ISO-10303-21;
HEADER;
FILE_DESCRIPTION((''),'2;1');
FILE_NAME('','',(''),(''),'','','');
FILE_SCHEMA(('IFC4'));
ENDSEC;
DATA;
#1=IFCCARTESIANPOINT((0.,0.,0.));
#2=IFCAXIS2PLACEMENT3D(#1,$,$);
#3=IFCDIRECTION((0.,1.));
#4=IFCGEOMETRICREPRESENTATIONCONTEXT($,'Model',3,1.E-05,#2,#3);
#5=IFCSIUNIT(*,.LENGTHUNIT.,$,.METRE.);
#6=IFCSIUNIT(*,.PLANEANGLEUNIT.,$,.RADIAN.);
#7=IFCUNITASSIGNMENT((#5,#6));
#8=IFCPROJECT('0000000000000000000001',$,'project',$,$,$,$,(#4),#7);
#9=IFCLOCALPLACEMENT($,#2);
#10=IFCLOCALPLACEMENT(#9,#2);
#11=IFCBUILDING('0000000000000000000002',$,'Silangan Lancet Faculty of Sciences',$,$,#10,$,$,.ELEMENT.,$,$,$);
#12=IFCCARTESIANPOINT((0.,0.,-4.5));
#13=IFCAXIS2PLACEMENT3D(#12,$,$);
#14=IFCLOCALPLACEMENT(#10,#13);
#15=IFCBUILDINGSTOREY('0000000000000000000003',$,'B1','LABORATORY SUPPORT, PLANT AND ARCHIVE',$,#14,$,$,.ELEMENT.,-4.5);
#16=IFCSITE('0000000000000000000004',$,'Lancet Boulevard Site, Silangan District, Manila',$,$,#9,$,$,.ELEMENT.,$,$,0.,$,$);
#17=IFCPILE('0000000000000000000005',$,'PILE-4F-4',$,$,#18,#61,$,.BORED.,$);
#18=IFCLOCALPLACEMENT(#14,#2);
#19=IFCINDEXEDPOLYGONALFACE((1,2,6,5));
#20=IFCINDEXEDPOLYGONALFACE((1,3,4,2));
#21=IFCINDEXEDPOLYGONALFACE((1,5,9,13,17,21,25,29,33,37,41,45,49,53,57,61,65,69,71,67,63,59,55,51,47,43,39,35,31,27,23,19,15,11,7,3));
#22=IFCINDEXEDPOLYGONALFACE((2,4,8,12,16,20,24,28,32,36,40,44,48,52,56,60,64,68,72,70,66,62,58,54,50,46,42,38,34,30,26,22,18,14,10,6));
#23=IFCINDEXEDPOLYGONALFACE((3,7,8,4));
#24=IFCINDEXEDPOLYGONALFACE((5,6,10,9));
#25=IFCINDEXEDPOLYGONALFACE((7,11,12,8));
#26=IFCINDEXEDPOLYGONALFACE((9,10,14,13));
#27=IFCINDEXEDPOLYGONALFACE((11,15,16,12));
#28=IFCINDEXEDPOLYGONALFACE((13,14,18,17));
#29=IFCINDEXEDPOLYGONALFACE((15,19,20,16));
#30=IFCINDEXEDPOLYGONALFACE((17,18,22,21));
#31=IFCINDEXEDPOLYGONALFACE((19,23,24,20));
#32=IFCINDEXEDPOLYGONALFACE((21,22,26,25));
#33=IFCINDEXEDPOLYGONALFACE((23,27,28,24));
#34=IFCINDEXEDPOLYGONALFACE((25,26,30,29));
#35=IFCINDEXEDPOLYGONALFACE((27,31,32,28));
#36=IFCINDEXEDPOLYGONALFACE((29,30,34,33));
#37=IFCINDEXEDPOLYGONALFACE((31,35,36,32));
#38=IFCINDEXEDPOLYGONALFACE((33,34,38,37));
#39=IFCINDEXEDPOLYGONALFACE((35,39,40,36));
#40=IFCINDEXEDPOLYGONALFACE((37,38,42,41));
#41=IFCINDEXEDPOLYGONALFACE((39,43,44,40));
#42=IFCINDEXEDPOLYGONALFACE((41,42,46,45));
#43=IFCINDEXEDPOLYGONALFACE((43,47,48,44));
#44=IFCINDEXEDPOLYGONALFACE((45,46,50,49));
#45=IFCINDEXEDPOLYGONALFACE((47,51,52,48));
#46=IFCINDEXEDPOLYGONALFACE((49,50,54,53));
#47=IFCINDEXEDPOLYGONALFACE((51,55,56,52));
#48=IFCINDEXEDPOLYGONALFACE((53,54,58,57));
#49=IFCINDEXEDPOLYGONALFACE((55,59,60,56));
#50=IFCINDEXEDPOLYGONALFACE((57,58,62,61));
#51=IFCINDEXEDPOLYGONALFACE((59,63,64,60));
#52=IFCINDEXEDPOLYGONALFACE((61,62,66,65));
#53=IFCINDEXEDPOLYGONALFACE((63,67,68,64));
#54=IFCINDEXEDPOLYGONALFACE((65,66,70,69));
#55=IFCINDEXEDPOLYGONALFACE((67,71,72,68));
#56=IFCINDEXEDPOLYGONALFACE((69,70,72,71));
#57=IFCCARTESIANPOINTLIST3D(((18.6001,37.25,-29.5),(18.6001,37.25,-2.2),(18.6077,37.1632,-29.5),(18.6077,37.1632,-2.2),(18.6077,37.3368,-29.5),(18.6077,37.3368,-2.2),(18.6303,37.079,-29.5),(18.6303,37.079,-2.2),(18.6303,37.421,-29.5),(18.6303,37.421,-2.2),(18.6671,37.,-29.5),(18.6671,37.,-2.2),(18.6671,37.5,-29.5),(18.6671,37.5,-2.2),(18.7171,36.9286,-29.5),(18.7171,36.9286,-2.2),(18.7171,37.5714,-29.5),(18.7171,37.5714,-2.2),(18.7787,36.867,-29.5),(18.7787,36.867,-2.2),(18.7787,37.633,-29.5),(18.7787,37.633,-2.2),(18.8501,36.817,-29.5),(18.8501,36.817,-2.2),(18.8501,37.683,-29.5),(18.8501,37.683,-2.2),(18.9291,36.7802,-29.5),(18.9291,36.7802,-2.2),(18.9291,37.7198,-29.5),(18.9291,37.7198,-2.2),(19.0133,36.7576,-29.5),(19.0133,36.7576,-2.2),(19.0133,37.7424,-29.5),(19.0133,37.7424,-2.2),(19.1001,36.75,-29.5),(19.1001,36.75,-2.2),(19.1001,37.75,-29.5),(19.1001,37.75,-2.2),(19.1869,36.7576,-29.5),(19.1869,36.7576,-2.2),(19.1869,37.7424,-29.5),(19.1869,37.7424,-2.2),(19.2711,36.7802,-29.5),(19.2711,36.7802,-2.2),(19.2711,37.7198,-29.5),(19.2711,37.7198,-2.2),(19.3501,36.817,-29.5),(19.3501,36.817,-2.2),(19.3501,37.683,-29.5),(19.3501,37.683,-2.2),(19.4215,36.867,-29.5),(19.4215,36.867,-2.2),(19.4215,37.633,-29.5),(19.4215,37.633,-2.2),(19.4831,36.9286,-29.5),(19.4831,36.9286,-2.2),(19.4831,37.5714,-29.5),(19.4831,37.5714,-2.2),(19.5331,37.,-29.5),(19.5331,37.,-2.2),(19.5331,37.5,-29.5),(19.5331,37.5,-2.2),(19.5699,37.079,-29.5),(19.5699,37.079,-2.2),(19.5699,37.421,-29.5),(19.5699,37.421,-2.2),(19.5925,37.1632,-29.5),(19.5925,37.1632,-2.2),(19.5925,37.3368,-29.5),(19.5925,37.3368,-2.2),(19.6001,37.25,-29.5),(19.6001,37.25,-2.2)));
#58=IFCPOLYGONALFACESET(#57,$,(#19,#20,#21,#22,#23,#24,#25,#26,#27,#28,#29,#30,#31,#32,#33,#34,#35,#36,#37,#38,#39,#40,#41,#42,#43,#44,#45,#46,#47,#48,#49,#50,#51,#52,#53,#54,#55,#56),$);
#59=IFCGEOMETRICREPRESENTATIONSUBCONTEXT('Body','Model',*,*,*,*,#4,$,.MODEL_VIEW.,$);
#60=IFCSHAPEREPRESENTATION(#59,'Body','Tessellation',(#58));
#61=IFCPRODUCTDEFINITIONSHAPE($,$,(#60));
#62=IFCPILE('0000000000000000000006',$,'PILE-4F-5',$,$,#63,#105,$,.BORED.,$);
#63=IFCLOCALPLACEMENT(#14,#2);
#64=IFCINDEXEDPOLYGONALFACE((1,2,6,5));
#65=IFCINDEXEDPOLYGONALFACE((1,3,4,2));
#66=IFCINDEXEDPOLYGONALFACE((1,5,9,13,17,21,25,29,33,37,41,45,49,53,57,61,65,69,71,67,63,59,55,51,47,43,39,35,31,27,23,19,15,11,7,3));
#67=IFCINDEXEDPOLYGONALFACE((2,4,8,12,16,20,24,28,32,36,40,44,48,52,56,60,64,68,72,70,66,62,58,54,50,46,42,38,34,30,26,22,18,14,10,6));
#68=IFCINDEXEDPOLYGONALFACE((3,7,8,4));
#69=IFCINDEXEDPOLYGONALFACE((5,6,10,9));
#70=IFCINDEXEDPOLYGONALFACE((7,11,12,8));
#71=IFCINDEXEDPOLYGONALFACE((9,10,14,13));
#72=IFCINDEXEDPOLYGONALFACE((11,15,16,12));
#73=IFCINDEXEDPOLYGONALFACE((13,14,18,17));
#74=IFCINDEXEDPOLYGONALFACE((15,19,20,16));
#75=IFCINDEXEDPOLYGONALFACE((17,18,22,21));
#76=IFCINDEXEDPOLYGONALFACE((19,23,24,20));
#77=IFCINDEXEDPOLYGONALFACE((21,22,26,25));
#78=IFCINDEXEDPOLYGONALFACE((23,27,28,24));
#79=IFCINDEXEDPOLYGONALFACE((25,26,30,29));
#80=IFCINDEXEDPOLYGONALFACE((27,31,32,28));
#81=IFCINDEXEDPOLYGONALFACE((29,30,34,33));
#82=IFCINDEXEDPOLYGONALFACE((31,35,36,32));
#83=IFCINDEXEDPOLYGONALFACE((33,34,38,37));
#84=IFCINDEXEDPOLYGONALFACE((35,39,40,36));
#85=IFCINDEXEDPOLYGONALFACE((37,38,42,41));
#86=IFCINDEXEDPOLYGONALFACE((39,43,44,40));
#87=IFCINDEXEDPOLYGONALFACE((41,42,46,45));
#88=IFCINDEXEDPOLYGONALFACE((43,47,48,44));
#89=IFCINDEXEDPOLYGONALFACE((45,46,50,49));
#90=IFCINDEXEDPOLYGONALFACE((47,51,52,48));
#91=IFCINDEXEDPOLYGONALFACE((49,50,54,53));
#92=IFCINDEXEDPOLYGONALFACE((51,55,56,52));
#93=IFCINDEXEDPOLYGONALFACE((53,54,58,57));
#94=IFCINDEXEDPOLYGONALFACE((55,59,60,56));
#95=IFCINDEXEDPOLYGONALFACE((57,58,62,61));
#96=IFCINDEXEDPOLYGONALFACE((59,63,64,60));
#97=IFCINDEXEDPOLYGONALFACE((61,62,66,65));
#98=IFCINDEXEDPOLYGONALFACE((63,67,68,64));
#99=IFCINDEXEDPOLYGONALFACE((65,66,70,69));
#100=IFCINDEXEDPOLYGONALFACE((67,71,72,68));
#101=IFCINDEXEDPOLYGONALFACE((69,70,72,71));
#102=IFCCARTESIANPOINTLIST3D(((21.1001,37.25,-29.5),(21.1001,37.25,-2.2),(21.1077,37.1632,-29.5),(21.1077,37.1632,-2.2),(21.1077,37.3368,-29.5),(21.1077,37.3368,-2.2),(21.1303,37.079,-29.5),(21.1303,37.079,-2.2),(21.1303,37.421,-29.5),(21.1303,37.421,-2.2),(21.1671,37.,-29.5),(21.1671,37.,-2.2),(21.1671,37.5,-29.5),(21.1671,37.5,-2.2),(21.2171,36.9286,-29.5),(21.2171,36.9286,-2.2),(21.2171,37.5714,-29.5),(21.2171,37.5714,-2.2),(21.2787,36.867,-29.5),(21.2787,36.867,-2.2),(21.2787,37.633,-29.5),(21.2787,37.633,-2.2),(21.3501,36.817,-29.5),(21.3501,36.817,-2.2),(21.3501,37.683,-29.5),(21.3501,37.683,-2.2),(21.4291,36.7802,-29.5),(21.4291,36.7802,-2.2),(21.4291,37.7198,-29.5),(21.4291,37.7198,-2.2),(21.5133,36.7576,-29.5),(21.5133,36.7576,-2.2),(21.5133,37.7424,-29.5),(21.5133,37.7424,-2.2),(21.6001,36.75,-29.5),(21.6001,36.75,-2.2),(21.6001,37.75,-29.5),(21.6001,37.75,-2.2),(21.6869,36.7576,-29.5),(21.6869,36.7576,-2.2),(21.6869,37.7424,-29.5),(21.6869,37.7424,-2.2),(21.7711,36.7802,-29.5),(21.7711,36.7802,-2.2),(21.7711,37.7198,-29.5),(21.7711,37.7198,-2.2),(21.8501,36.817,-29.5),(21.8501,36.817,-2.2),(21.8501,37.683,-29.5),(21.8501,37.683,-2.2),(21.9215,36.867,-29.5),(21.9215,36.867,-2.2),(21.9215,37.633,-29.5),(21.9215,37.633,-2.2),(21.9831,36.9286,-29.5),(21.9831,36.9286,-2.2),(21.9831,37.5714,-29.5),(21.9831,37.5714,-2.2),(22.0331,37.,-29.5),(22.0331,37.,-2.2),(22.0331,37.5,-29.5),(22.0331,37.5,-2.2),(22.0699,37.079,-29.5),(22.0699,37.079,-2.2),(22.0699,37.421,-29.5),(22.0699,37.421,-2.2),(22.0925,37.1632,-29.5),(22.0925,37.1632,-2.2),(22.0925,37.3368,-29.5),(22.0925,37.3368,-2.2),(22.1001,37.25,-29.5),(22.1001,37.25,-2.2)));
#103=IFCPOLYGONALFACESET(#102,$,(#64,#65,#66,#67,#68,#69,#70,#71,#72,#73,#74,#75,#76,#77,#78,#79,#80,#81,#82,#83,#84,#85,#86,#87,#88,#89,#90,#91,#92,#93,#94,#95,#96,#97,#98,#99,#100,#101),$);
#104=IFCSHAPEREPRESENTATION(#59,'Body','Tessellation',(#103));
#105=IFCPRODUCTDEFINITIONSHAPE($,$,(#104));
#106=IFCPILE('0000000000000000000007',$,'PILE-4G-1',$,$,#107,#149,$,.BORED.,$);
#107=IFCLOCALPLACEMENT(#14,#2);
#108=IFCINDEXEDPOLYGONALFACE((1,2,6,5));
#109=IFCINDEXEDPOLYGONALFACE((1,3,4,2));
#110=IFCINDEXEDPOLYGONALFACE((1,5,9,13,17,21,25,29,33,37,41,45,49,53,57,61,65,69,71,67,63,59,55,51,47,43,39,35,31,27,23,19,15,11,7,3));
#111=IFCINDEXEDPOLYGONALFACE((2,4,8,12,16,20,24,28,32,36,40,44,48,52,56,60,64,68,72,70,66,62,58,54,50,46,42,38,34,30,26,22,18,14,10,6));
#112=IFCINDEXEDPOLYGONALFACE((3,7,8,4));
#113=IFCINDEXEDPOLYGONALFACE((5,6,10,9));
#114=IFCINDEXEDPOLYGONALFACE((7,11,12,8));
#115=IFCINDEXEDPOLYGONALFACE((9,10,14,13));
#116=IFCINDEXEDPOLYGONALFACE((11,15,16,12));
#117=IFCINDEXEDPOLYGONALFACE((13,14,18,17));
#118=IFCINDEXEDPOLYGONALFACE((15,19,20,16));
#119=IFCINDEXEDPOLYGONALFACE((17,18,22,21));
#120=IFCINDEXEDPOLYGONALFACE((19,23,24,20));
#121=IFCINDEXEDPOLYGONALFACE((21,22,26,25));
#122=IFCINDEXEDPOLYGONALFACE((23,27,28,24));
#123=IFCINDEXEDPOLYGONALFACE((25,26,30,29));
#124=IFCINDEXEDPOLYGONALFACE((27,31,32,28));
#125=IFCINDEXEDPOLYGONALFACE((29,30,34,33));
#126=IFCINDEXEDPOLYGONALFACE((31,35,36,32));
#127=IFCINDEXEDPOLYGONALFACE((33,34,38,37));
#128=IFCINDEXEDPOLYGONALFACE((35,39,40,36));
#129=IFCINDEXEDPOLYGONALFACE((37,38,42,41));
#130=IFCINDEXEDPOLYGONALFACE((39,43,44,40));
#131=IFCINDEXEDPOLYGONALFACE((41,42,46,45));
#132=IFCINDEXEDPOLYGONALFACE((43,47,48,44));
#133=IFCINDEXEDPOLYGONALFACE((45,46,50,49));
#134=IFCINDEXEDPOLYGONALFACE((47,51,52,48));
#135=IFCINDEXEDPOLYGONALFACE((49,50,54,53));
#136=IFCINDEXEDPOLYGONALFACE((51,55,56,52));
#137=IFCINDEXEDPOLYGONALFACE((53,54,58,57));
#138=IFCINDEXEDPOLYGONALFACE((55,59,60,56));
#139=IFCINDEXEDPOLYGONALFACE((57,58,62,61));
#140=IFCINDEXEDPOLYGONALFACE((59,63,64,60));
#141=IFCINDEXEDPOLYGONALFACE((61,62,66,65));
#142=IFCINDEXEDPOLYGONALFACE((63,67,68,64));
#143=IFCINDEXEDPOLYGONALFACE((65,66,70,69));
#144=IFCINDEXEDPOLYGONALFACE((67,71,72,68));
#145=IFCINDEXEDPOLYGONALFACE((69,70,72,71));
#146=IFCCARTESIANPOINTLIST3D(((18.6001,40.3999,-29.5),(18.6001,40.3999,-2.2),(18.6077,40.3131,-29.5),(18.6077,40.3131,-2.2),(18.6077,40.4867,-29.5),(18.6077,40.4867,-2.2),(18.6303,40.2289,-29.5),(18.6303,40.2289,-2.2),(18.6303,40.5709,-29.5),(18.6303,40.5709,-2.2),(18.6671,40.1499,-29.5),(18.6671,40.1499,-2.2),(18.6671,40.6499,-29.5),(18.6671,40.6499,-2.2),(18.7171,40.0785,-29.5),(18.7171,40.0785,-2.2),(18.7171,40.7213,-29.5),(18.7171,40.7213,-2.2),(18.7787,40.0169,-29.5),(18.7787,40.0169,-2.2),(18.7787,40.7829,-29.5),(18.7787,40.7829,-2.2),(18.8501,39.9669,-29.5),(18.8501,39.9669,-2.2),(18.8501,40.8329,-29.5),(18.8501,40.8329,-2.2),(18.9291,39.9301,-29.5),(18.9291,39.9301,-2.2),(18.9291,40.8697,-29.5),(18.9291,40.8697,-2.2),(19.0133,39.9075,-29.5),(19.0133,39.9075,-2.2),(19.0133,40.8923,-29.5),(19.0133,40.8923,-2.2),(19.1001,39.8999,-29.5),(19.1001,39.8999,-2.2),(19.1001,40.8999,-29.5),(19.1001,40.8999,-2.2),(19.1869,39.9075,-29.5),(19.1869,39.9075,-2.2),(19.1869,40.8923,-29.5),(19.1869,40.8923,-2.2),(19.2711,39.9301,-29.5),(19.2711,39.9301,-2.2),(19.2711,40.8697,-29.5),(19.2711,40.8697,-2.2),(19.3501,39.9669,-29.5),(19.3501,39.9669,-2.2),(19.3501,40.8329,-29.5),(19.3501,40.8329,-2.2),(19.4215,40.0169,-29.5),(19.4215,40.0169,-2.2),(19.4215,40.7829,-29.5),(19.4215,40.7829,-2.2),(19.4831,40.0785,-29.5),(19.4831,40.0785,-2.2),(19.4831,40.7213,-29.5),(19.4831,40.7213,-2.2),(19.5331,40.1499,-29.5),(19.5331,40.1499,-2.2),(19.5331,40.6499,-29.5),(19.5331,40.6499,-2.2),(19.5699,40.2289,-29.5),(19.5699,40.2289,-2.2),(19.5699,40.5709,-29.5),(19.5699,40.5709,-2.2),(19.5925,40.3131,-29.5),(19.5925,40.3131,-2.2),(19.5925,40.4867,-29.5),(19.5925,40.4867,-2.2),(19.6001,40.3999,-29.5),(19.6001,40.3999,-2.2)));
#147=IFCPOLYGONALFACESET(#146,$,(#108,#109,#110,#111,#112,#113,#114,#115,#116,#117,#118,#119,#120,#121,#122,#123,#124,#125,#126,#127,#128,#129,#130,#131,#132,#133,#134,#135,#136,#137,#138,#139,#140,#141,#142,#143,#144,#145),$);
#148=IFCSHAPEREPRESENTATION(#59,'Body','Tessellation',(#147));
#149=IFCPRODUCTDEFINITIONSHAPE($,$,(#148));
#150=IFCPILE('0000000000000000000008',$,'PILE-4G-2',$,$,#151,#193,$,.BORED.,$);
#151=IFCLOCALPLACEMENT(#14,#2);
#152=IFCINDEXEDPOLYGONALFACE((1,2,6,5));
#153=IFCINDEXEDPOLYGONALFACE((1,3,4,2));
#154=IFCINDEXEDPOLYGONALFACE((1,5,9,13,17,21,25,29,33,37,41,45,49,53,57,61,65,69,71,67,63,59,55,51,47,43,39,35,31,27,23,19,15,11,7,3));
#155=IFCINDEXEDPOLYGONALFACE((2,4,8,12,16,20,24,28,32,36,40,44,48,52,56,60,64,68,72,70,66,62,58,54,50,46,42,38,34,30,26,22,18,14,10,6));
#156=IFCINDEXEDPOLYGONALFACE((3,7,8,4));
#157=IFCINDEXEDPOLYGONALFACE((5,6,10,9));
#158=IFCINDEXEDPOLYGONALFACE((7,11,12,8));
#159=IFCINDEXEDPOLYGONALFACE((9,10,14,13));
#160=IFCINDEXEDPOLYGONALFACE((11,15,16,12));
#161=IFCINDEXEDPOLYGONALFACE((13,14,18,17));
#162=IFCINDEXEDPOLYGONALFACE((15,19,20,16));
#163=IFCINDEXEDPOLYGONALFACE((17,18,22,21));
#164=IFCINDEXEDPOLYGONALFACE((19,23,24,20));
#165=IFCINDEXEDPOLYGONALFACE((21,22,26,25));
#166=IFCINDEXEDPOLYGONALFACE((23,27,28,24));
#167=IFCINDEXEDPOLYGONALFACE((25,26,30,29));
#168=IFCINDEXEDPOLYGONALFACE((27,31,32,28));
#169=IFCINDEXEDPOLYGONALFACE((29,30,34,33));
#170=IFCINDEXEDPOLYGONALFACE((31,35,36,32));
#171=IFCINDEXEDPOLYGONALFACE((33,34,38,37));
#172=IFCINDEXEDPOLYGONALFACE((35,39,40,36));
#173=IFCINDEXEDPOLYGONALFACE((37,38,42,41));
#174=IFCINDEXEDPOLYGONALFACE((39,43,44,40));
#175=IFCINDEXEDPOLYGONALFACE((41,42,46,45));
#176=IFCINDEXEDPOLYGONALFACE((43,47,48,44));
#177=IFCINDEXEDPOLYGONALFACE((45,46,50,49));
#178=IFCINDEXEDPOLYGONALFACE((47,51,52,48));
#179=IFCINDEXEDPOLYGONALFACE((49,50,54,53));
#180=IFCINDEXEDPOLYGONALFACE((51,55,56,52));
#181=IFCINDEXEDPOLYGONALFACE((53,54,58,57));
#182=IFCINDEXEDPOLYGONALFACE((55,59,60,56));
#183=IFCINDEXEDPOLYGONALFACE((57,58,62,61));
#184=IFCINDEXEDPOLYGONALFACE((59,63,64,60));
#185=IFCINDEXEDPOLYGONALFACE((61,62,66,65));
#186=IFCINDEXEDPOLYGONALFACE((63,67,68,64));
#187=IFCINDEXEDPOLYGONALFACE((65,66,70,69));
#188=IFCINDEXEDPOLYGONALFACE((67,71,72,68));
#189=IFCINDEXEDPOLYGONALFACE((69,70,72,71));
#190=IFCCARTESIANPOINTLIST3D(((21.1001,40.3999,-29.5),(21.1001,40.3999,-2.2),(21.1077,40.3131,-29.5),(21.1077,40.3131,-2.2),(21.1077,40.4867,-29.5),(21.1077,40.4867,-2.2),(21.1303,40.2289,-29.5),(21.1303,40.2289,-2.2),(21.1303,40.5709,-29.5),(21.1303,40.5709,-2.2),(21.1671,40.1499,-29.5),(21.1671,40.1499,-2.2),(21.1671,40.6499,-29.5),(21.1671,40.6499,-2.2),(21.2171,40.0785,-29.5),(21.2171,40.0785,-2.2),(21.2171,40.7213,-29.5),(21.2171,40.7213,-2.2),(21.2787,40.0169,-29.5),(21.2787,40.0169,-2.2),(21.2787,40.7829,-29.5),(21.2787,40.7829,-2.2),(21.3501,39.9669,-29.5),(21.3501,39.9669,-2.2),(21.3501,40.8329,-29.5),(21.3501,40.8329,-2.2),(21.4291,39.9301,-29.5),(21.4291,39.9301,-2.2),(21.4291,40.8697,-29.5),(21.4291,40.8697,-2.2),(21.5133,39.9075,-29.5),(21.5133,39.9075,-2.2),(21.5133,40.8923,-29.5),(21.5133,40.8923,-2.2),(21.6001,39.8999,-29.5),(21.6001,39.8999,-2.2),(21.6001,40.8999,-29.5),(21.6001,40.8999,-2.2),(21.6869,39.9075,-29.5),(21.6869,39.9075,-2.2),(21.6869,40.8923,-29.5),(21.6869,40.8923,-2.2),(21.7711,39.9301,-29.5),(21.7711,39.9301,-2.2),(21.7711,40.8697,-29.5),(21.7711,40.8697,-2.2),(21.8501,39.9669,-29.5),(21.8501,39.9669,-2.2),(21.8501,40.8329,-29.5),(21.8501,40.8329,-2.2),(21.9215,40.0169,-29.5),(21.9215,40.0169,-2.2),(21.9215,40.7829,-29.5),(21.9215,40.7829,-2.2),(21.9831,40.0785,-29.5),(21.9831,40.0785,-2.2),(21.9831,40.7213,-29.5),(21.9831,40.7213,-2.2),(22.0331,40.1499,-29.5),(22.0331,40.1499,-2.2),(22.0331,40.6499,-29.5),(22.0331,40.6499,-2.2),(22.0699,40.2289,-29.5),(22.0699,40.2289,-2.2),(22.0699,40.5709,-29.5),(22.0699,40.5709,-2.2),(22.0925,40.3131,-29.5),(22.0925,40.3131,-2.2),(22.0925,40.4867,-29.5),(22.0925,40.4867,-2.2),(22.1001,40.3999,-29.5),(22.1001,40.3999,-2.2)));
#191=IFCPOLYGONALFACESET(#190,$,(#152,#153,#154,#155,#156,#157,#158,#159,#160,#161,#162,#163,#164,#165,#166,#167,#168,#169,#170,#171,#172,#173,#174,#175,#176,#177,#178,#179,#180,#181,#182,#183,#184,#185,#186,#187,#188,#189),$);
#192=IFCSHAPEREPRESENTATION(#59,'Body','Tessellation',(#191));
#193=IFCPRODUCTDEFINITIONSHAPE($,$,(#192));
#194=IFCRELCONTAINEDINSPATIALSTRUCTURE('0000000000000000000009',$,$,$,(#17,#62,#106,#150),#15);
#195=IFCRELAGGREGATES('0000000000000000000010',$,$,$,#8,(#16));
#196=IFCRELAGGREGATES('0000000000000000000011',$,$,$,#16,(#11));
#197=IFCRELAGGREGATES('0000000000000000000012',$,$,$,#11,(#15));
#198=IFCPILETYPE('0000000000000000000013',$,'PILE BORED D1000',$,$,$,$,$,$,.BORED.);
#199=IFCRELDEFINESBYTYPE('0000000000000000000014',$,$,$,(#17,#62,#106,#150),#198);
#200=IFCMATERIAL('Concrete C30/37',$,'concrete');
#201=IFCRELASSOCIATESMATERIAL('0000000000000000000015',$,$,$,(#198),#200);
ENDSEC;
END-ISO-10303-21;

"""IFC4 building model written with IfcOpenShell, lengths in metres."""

from ifc_helpers import new_model, si_unit, direction, frame, origin, origin_2d, place, context, subcontext, project, spatial, circle, extrude, material, material_profile, profile_set, type_object, element, save


model = new_model("IFC4")

# Units and contexts
model_context = context("Model", 3, precision=1e-05, world=origin(), true_north=direction((0.0, 1.0)))
body_context = subcontext(model_context, "Body", "Model", "MODEL_VIEW")
ifc_project = project(units=[si_unit("LENGTHUNIT", "METRE"), si_unit("PLANEANGLEUNIT", "RADIAN")], contexts=[model_context])

# Site, building, storey
site_placement = place(None, origin())
site = spatial("IfcSite", under=ifc_project, at=site_placement, Name="Lancet Boulevard Site, Silangan District, Manila", CompositionType="ELEMENT", RefElevation=0.0)
building_placement = place(site_placement, origin())
building = spatial("IfcBuilding", under=site, at=building_placement, Name="Silangan Lancet Faculty of Sciences", CompositionType="ELEMENT")
storey_placement = place(building_placement, frame((0.0, 0.0, -4.5)))
storey = spatial("IfcBuildingStorey", under=building, at=storey_placement, Name="B1", Description="LABORATORY SUPPORT, PLANT AND ARCHIVE", CompositionType="ELEMENT", Elevation=-4.5)

# Piles
ifc_material_1 = material(Name="Concrete C30/37", Category="concrete")
ifc_material_profile_1 = material_profile(ifc_material_1, circle(Radius=0.5, at=origin_2d()), Name="BORED PILE D1000")
ifc_profile_set_1 = profile_set([ifc_material_profile_1], Name="Concrete C30/37")
pile_type = type_object("IfcPileType", Name="PILE BORED D1000", PredefinedType="BORED", material=ifc_profile_set_1)
for number, where, z_axis, x_axis, name in (
    (1, (19.1001, 37.25, -2.2), (0.0, 0.0, -1.0), (1.0, 0.0, 0.0), "PILE-4F-4"),
    (2, (21.6001, 37.25, -2.2), (0.0, 0.0, -1.0), (1.0, 0.0, 0.0), "PILE-4F-5"),
    (3, (19.1001, 40.3999, -2.2), (0.0, 0.0, -1.0), (1.0, 0.0, 0.0), "PILE-4G-1"),
    (4, (21.6001, 40.3999, -2.2), (0.0, 0.0, -1.0), (1.0, 0.0, 0.0), "PILE-4G-2"),
):
    element("IfcPile", number, at=place(storey_placement, frame(where, z_axis=z_axis, x_axis=x_axis)), inside=storey, type_object=pile_type, Name=name, PredefinedType="BORED", context=body_context, shape_type="SweptSolid", body=[
        extrude(circle(Radius=0.5, at=origin_2d()), origin(), (0.0, 0.0, 1.0), 27.3),
    ])

save(model, "model.ifc")
